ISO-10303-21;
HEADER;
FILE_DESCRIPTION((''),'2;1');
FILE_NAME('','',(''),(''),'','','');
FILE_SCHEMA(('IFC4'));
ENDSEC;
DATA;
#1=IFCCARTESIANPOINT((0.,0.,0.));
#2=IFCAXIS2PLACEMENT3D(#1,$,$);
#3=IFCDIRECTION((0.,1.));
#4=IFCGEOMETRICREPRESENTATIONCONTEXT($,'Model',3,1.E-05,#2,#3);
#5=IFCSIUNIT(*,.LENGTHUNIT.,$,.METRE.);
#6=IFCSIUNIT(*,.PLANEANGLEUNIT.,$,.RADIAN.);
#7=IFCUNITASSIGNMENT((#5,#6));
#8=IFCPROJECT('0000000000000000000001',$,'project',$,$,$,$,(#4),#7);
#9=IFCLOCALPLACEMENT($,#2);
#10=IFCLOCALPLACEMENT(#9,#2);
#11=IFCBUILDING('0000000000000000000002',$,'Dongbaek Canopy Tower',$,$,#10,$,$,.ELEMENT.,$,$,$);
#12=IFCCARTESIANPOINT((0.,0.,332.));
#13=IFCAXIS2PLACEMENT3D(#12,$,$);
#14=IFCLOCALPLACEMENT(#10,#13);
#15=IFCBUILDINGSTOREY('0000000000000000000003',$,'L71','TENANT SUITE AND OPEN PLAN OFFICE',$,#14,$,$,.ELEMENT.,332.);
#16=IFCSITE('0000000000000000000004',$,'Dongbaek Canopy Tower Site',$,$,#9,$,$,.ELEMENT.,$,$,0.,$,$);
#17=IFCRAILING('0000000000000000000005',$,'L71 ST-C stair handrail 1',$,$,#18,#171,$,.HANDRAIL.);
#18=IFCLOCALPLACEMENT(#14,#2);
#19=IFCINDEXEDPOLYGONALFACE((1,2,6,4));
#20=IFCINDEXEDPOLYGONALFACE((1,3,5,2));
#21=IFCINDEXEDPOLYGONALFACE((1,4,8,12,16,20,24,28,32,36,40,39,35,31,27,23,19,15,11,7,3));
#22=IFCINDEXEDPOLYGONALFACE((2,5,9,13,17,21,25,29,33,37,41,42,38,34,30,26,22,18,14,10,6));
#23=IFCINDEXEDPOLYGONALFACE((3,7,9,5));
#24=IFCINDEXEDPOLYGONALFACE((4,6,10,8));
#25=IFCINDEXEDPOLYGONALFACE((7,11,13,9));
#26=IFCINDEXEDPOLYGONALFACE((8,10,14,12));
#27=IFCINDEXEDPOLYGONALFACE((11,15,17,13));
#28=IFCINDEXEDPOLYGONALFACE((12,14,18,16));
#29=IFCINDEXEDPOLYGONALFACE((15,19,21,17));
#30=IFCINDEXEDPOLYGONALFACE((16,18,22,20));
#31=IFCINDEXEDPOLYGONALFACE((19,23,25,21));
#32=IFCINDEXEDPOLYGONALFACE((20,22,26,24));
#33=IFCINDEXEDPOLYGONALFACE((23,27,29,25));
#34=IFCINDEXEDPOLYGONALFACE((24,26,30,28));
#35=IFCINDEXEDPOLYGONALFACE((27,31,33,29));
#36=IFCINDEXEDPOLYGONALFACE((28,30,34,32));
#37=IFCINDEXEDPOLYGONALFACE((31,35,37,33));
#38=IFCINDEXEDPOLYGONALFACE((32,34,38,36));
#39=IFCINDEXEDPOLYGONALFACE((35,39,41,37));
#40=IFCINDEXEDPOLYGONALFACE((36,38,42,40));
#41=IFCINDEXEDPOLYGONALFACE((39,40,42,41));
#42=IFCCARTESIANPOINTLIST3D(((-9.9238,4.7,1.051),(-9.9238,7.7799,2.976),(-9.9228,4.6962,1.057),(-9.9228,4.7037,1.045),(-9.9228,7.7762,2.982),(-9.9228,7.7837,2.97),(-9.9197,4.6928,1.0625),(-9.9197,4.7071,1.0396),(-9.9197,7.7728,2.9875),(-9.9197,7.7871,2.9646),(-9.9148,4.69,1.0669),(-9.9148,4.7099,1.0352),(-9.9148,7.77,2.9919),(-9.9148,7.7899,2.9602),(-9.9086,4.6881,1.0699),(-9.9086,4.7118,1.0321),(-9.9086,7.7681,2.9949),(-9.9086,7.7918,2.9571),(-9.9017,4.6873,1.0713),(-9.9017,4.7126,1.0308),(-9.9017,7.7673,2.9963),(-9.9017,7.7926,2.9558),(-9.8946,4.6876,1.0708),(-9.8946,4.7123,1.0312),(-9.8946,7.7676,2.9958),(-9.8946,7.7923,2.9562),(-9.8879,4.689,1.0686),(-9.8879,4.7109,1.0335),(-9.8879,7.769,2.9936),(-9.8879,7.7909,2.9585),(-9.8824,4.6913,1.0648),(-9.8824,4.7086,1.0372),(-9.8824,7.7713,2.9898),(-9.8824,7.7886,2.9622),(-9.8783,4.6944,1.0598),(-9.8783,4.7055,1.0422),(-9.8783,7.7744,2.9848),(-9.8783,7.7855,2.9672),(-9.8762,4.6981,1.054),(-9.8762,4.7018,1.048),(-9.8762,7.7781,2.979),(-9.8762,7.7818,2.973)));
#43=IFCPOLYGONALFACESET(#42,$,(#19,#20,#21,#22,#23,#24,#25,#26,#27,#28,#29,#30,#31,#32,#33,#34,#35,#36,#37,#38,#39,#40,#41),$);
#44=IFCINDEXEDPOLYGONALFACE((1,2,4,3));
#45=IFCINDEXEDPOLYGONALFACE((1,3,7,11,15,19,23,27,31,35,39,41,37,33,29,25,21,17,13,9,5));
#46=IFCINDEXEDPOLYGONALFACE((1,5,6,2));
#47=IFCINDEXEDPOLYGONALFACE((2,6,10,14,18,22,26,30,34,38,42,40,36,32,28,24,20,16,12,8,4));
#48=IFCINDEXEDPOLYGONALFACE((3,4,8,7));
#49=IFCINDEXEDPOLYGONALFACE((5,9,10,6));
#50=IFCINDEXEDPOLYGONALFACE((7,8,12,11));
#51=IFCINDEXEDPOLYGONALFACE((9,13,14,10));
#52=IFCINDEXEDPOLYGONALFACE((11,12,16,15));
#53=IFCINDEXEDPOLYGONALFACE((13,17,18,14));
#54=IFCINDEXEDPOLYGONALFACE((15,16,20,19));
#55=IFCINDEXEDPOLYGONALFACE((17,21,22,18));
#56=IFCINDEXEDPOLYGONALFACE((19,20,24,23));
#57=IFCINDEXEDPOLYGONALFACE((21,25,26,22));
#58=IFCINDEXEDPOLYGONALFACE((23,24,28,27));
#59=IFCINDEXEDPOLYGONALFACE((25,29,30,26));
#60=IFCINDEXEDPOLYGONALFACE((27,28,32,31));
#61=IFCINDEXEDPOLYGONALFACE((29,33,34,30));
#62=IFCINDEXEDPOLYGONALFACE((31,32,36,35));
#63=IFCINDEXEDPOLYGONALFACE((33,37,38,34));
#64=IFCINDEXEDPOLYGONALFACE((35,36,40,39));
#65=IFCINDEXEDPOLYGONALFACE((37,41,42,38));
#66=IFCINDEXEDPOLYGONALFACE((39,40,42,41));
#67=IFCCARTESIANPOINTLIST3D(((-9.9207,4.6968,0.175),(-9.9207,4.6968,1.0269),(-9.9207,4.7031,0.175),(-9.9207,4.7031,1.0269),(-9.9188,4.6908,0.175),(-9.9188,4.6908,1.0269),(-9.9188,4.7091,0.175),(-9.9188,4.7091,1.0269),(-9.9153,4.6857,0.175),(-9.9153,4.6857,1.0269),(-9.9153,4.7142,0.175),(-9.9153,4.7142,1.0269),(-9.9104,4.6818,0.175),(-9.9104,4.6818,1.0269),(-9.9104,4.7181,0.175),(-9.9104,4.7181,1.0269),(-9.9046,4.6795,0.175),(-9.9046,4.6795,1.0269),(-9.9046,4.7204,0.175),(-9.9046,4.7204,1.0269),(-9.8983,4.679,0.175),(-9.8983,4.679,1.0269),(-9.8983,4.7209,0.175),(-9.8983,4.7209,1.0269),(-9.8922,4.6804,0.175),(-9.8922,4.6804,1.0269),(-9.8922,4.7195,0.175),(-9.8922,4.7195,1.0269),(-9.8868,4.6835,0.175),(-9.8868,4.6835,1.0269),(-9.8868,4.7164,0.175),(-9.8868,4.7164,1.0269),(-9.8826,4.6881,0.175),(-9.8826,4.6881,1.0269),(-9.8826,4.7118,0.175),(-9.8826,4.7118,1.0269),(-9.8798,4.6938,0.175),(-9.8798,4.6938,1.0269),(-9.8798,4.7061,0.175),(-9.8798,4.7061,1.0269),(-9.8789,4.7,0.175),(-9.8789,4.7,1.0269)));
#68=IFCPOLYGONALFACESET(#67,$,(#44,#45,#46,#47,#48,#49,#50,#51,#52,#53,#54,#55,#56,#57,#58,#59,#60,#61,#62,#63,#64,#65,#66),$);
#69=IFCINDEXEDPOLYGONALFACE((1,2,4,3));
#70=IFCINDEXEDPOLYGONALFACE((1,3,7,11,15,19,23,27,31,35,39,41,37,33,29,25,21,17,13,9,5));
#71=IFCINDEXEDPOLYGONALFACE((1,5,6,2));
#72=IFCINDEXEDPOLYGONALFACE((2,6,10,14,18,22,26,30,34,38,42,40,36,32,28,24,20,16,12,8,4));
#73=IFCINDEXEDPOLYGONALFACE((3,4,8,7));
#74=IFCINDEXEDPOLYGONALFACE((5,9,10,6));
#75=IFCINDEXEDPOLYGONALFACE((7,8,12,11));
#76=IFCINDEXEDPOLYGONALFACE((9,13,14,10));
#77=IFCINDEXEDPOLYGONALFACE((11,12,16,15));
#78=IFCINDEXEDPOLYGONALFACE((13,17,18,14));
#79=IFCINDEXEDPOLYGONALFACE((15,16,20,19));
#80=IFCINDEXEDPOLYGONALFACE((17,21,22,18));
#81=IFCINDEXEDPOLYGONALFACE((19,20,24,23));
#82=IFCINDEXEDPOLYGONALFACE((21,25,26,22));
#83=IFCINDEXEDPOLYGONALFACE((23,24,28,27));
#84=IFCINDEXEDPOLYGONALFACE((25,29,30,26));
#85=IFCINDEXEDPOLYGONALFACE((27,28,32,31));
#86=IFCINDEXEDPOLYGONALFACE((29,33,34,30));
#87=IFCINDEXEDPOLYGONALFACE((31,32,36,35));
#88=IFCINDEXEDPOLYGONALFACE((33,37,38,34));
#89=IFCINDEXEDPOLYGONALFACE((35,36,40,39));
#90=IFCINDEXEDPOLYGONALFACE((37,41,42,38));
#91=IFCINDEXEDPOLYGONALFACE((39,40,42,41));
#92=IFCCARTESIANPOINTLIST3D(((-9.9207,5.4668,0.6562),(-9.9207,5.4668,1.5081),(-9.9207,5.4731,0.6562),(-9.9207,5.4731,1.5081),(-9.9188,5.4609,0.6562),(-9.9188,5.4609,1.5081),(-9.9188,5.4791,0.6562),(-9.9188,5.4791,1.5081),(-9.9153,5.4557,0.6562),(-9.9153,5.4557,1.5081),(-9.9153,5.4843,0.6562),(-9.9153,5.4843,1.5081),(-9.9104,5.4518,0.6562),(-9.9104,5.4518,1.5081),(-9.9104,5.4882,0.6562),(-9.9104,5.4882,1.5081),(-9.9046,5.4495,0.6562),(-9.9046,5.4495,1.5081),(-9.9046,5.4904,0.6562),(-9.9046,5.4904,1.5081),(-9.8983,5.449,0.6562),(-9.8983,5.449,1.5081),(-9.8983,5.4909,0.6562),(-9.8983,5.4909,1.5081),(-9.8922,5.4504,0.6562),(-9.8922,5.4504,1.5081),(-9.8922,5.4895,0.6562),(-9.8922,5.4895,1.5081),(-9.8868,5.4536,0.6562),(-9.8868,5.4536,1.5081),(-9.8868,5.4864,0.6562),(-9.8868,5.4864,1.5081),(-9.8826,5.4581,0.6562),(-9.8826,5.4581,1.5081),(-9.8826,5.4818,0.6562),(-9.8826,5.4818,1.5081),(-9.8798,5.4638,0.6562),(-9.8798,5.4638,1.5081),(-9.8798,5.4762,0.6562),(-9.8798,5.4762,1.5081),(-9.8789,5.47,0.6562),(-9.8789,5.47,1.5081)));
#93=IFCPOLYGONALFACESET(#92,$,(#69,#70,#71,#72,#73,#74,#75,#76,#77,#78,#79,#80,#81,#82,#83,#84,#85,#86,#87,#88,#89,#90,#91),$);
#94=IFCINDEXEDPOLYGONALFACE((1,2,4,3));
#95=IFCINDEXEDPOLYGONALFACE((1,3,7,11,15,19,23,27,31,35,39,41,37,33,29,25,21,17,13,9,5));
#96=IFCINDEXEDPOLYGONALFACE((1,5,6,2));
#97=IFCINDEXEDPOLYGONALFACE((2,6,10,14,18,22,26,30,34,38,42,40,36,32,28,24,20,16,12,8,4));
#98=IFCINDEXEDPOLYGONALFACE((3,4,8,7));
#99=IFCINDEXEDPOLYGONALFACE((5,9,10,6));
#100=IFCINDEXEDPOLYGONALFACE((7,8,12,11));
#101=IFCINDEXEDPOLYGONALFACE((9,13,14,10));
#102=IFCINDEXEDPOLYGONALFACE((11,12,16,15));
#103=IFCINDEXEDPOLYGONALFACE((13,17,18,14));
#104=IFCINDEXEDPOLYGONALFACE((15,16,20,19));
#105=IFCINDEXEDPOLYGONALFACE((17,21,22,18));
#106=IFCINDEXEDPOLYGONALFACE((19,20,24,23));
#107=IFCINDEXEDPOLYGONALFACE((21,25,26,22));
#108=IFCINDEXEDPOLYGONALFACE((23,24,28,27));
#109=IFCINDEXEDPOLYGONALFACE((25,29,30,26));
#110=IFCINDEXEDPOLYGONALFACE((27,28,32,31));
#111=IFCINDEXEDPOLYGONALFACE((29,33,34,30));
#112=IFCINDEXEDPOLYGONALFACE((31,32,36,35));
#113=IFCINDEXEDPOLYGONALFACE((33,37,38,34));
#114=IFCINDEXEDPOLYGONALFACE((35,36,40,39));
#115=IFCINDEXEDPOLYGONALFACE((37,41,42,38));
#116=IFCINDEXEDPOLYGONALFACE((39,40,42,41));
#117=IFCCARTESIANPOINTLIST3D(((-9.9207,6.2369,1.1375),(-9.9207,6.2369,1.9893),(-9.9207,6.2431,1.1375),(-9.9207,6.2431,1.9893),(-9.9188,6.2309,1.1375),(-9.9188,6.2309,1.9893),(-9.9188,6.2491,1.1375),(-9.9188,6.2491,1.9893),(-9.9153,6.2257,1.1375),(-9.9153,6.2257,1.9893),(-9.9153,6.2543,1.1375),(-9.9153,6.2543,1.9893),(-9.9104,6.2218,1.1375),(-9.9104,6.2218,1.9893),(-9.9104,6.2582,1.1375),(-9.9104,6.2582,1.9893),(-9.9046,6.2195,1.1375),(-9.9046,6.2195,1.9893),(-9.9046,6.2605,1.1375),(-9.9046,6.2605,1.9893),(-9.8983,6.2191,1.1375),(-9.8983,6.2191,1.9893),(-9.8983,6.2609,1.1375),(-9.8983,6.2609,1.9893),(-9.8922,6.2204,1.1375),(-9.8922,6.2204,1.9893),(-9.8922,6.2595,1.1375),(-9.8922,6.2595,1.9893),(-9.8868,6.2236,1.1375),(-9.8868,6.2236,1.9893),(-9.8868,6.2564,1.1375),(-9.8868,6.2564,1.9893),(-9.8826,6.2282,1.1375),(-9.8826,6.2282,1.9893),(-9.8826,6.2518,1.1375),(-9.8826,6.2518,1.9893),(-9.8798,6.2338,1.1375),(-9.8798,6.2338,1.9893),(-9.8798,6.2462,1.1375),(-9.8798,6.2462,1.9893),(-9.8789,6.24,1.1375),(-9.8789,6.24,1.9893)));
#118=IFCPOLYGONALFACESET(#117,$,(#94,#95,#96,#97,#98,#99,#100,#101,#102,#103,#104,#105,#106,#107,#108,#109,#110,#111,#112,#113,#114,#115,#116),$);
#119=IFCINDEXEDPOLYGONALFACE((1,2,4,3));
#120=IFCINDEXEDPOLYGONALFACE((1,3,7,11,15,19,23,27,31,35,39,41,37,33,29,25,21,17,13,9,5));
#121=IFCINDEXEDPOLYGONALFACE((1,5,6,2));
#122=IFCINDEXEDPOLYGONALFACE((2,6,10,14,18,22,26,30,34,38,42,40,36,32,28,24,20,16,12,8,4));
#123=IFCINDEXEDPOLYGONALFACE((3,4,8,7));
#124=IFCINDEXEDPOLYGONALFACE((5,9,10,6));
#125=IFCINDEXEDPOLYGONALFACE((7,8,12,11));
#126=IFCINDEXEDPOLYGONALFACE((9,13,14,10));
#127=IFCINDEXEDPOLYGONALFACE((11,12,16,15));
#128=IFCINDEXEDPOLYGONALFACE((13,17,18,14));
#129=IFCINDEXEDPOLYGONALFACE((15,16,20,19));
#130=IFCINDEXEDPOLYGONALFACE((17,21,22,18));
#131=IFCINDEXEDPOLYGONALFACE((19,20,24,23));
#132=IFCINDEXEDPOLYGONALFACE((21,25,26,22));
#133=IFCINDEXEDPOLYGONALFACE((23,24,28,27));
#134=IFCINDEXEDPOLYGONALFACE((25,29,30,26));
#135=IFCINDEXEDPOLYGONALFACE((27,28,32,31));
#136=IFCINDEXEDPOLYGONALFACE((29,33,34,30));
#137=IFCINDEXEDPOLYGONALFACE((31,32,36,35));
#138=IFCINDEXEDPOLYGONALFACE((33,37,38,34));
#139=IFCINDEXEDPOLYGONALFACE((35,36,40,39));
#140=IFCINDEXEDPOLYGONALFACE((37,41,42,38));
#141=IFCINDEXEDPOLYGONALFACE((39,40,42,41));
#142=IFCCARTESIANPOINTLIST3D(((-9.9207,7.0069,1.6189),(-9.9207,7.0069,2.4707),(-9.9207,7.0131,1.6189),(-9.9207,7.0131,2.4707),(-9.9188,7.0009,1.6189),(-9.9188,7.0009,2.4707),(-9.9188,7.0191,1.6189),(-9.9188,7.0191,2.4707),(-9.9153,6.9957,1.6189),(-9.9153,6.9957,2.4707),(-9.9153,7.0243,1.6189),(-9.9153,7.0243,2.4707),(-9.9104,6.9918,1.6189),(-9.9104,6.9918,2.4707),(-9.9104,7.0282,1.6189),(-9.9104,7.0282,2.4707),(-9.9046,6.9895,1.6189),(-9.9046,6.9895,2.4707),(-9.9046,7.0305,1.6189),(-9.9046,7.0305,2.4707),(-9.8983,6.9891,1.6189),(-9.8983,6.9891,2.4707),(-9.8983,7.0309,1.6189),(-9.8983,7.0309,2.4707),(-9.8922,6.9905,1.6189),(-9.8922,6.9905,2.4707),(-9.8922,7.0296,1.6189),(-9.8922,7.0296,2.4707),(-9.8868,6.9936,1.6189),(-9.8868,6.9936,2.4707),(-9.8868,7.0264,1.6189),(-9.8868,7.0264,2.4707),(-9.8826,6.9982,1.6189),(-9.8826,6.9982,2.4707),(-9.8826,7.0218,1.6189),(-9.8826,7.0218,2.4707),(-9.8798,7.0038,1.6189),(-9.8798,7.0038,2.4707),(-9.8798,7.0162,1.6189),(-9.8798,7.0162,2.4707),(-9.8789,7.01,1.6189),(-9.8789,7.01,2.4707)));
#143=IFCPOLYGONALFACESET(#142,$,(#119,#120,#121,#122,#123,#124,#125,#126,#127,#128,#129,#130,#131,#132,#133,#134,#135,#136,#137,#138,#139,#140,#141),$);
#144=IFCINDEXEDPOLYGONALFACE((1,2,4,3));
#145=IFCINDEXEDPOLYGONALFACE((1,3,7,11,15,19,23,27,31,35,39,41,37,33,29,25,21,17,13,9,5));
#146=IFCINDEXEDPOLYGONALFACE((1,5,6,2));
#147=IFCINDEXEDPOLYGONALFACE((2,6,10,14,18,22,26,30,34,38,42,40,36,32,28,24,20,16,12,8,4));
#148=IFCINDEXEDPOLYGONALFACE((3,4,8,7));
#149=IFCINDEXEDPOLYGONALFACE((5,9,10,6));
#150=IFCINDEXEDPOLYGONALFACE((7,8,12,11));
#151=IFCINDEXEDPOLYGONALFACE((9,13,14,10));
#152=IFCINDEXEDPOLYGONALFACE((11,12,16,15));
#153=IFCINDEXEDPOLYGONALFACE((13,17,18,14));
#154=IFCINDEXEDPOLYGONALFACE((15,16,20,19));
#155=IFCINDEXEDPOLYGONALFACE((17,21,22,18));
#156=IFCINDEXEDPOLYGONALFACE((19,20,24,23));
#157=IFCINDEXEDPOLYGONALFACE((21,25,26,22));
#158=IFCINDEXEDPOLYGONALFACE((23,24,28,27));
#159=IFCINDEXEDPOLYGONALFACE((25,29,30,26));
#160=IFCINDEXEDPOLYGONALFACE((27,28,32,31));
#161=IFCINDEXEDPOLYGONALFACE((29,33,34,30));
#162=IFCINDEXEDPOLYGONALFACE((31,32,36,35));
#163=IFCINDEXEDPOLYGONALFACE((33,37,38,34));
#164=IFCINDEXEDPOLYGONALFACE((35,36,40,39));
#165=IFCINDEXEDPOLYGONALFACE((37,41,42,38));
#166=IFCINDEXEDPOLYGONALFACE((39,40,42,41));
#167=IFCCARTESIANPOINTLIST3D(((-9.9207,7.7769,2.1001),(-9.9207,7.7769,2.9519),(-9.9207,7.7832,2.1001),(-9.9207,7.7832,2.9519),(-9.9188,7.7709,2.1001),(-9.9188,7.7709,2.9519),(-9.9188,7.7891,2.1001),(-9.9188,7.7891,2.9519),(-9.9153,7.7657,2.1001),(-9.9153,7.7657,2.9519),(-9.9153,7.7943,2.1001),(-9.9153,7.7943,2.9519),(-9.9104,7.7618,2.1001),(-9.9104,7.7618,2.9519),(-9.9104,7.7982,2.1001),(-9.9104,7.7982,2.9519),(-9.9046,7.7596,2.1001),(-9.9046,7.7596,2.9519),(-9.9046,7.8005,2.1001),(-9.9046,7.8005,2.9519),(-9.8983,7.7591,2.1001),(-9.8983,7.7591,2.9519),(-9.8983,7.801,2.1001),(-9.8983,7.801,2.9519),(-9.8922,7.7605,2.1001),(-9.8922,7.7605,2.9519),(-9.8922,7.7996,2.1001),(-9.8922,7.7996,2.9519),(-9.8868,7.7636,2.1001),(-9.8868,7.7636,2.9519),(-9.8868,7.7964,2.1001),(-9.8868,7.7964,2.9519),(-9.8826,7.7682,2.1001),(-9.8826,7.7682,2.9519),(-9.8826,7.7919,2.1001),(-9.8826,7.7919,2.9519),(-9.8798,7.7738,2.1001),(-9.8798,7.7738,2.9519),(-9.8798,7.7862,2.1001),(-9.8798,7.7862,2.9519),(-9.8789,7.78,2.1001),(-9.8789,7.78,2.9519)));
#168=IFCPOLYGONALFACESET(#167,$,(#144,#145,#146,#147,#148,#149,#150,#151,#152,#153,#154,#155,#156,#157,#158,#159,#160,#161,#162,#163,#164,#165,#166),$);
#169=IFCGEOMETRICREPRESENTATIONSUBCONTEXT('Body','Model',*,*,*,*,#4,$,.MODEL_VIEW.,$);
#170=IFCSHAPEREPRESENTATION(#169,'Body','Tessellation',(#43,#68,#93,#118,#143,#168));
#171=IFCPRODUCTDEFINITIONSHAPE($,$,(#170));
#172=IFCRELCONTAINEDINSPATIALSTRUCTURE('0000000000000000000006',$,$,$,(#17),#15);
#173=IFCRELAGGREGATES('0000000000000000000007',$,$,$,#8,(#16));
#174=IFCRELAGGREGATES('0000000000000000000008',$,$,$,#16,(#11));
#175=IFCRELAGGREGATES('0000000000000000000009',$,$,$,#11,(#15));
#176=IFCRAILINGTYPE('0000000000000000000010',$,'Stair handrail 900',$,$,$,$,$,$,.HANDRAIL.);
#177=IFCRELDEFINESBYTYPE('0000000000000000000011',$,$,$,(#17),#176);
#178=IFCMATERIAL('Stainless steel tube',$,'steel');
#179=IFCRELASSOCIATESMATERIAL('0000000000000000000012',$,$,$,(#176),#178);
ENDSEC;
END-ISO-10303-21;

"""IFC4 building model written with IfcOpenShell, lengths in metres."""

from ifc_helpers import new_model, si_unit, direction, frame, origin, origin_2d, place, context, subcontext, project, spatial, circle, extrude, material, type_object, element, save


model = new_model("IFC4")

# Units and contexts
model_context = context("Model", 3, precision=1e-05, world=origin(), true_north=direction((0.0, 1.0)))
body_context = subcontext(model_context, "Body", "Model", "MODEL_VIEW")
ifc_project = project(units=[si_unit("LENGTHUNIT", "METRE"), si_unit("PLANEANGLEUNIT", "RADIAN")], contexts=[model_context])

# Site, building, storey
site_placement = place(None, origin())
site = spatial("IfcSite", under=ifc_project, at=site_placement, Name="Dongbaek Canopy Tower Site", CompositionType="ELEMENT", RefElevation=0.0)
building_placement = place(site_placement, origin())
building = spatial("IfcBuilding", under=site, at=building_placement, Name="Dongbaek Canopy Tower", CompositionType="ELEMENT")
storey_placement = place(building_placement, frame((0.0, 0.0, 332.0)))
storey = spatial("IfcBuildingStorey", under=building, at=storey_placement, Name="L71", Description="TENANT SUITE AND OPEN PLAN OFFICE", CompositionType="ELEMENT", Elevation=332.0)

# Railing
ifc_material_1 = material(Name="Stainless steel tube", Category="steel")
railing_type_1 = type_object("IfcRailingType", Name="Stair handrail 900", PredefinedType="HANDRAIL", material=ifc_material_1)
railing_1_placement = place(storey_placement, frame((-9.8999, 4.7, 0.175)))
element("IfcRailing", 1, at=railing_1_placement, inside=storey, type_object=railing_type_1, Name="L71 ST-C stair handrail 1", PredefinedType="HANDRAIL", context=body_context, shape_type="SweptSolid", body=[
    extrude(circle(Radius=0.0239, at=origin_2d()), frame((0.0, 0.0, 0.876), z_axis=(0.0, 0.847998, 0.529999), x_axis=(-1.0, 0.0, 0.0)), (0.0, 0.0, 1.0), 3.6321),
    extrude(circle(Radius=0.021, at=origin_2d()), origin(), (0.0, 0.0, 1.0), 0.8518),
    extrude(circle(Radius=0.021, at=origin_2d()), frame((0.0, 0.77, 0.4812)), (0.0, 0.0, 1.0), 0.8518),
    extrude(circle(Radius=0.021, at=origin_2d()), frame((0.0, 1.54, 0.9624)), (0.0, 0.0, 1.0), 0.8518),
    extrude(circle(Radius=0.021, at=origin_2d()), frame((0.0, 2.3101, 1.4438)), (0.0, 0.0, 1.0), 0.8518),
    extrude(circle(Radius=0.021, at=origin_2d()), frame((0.0, 3.0801, 1.925)), (0.0, 0.0, 1.0), 0.8518),
])

save(model, "model.ifc")
